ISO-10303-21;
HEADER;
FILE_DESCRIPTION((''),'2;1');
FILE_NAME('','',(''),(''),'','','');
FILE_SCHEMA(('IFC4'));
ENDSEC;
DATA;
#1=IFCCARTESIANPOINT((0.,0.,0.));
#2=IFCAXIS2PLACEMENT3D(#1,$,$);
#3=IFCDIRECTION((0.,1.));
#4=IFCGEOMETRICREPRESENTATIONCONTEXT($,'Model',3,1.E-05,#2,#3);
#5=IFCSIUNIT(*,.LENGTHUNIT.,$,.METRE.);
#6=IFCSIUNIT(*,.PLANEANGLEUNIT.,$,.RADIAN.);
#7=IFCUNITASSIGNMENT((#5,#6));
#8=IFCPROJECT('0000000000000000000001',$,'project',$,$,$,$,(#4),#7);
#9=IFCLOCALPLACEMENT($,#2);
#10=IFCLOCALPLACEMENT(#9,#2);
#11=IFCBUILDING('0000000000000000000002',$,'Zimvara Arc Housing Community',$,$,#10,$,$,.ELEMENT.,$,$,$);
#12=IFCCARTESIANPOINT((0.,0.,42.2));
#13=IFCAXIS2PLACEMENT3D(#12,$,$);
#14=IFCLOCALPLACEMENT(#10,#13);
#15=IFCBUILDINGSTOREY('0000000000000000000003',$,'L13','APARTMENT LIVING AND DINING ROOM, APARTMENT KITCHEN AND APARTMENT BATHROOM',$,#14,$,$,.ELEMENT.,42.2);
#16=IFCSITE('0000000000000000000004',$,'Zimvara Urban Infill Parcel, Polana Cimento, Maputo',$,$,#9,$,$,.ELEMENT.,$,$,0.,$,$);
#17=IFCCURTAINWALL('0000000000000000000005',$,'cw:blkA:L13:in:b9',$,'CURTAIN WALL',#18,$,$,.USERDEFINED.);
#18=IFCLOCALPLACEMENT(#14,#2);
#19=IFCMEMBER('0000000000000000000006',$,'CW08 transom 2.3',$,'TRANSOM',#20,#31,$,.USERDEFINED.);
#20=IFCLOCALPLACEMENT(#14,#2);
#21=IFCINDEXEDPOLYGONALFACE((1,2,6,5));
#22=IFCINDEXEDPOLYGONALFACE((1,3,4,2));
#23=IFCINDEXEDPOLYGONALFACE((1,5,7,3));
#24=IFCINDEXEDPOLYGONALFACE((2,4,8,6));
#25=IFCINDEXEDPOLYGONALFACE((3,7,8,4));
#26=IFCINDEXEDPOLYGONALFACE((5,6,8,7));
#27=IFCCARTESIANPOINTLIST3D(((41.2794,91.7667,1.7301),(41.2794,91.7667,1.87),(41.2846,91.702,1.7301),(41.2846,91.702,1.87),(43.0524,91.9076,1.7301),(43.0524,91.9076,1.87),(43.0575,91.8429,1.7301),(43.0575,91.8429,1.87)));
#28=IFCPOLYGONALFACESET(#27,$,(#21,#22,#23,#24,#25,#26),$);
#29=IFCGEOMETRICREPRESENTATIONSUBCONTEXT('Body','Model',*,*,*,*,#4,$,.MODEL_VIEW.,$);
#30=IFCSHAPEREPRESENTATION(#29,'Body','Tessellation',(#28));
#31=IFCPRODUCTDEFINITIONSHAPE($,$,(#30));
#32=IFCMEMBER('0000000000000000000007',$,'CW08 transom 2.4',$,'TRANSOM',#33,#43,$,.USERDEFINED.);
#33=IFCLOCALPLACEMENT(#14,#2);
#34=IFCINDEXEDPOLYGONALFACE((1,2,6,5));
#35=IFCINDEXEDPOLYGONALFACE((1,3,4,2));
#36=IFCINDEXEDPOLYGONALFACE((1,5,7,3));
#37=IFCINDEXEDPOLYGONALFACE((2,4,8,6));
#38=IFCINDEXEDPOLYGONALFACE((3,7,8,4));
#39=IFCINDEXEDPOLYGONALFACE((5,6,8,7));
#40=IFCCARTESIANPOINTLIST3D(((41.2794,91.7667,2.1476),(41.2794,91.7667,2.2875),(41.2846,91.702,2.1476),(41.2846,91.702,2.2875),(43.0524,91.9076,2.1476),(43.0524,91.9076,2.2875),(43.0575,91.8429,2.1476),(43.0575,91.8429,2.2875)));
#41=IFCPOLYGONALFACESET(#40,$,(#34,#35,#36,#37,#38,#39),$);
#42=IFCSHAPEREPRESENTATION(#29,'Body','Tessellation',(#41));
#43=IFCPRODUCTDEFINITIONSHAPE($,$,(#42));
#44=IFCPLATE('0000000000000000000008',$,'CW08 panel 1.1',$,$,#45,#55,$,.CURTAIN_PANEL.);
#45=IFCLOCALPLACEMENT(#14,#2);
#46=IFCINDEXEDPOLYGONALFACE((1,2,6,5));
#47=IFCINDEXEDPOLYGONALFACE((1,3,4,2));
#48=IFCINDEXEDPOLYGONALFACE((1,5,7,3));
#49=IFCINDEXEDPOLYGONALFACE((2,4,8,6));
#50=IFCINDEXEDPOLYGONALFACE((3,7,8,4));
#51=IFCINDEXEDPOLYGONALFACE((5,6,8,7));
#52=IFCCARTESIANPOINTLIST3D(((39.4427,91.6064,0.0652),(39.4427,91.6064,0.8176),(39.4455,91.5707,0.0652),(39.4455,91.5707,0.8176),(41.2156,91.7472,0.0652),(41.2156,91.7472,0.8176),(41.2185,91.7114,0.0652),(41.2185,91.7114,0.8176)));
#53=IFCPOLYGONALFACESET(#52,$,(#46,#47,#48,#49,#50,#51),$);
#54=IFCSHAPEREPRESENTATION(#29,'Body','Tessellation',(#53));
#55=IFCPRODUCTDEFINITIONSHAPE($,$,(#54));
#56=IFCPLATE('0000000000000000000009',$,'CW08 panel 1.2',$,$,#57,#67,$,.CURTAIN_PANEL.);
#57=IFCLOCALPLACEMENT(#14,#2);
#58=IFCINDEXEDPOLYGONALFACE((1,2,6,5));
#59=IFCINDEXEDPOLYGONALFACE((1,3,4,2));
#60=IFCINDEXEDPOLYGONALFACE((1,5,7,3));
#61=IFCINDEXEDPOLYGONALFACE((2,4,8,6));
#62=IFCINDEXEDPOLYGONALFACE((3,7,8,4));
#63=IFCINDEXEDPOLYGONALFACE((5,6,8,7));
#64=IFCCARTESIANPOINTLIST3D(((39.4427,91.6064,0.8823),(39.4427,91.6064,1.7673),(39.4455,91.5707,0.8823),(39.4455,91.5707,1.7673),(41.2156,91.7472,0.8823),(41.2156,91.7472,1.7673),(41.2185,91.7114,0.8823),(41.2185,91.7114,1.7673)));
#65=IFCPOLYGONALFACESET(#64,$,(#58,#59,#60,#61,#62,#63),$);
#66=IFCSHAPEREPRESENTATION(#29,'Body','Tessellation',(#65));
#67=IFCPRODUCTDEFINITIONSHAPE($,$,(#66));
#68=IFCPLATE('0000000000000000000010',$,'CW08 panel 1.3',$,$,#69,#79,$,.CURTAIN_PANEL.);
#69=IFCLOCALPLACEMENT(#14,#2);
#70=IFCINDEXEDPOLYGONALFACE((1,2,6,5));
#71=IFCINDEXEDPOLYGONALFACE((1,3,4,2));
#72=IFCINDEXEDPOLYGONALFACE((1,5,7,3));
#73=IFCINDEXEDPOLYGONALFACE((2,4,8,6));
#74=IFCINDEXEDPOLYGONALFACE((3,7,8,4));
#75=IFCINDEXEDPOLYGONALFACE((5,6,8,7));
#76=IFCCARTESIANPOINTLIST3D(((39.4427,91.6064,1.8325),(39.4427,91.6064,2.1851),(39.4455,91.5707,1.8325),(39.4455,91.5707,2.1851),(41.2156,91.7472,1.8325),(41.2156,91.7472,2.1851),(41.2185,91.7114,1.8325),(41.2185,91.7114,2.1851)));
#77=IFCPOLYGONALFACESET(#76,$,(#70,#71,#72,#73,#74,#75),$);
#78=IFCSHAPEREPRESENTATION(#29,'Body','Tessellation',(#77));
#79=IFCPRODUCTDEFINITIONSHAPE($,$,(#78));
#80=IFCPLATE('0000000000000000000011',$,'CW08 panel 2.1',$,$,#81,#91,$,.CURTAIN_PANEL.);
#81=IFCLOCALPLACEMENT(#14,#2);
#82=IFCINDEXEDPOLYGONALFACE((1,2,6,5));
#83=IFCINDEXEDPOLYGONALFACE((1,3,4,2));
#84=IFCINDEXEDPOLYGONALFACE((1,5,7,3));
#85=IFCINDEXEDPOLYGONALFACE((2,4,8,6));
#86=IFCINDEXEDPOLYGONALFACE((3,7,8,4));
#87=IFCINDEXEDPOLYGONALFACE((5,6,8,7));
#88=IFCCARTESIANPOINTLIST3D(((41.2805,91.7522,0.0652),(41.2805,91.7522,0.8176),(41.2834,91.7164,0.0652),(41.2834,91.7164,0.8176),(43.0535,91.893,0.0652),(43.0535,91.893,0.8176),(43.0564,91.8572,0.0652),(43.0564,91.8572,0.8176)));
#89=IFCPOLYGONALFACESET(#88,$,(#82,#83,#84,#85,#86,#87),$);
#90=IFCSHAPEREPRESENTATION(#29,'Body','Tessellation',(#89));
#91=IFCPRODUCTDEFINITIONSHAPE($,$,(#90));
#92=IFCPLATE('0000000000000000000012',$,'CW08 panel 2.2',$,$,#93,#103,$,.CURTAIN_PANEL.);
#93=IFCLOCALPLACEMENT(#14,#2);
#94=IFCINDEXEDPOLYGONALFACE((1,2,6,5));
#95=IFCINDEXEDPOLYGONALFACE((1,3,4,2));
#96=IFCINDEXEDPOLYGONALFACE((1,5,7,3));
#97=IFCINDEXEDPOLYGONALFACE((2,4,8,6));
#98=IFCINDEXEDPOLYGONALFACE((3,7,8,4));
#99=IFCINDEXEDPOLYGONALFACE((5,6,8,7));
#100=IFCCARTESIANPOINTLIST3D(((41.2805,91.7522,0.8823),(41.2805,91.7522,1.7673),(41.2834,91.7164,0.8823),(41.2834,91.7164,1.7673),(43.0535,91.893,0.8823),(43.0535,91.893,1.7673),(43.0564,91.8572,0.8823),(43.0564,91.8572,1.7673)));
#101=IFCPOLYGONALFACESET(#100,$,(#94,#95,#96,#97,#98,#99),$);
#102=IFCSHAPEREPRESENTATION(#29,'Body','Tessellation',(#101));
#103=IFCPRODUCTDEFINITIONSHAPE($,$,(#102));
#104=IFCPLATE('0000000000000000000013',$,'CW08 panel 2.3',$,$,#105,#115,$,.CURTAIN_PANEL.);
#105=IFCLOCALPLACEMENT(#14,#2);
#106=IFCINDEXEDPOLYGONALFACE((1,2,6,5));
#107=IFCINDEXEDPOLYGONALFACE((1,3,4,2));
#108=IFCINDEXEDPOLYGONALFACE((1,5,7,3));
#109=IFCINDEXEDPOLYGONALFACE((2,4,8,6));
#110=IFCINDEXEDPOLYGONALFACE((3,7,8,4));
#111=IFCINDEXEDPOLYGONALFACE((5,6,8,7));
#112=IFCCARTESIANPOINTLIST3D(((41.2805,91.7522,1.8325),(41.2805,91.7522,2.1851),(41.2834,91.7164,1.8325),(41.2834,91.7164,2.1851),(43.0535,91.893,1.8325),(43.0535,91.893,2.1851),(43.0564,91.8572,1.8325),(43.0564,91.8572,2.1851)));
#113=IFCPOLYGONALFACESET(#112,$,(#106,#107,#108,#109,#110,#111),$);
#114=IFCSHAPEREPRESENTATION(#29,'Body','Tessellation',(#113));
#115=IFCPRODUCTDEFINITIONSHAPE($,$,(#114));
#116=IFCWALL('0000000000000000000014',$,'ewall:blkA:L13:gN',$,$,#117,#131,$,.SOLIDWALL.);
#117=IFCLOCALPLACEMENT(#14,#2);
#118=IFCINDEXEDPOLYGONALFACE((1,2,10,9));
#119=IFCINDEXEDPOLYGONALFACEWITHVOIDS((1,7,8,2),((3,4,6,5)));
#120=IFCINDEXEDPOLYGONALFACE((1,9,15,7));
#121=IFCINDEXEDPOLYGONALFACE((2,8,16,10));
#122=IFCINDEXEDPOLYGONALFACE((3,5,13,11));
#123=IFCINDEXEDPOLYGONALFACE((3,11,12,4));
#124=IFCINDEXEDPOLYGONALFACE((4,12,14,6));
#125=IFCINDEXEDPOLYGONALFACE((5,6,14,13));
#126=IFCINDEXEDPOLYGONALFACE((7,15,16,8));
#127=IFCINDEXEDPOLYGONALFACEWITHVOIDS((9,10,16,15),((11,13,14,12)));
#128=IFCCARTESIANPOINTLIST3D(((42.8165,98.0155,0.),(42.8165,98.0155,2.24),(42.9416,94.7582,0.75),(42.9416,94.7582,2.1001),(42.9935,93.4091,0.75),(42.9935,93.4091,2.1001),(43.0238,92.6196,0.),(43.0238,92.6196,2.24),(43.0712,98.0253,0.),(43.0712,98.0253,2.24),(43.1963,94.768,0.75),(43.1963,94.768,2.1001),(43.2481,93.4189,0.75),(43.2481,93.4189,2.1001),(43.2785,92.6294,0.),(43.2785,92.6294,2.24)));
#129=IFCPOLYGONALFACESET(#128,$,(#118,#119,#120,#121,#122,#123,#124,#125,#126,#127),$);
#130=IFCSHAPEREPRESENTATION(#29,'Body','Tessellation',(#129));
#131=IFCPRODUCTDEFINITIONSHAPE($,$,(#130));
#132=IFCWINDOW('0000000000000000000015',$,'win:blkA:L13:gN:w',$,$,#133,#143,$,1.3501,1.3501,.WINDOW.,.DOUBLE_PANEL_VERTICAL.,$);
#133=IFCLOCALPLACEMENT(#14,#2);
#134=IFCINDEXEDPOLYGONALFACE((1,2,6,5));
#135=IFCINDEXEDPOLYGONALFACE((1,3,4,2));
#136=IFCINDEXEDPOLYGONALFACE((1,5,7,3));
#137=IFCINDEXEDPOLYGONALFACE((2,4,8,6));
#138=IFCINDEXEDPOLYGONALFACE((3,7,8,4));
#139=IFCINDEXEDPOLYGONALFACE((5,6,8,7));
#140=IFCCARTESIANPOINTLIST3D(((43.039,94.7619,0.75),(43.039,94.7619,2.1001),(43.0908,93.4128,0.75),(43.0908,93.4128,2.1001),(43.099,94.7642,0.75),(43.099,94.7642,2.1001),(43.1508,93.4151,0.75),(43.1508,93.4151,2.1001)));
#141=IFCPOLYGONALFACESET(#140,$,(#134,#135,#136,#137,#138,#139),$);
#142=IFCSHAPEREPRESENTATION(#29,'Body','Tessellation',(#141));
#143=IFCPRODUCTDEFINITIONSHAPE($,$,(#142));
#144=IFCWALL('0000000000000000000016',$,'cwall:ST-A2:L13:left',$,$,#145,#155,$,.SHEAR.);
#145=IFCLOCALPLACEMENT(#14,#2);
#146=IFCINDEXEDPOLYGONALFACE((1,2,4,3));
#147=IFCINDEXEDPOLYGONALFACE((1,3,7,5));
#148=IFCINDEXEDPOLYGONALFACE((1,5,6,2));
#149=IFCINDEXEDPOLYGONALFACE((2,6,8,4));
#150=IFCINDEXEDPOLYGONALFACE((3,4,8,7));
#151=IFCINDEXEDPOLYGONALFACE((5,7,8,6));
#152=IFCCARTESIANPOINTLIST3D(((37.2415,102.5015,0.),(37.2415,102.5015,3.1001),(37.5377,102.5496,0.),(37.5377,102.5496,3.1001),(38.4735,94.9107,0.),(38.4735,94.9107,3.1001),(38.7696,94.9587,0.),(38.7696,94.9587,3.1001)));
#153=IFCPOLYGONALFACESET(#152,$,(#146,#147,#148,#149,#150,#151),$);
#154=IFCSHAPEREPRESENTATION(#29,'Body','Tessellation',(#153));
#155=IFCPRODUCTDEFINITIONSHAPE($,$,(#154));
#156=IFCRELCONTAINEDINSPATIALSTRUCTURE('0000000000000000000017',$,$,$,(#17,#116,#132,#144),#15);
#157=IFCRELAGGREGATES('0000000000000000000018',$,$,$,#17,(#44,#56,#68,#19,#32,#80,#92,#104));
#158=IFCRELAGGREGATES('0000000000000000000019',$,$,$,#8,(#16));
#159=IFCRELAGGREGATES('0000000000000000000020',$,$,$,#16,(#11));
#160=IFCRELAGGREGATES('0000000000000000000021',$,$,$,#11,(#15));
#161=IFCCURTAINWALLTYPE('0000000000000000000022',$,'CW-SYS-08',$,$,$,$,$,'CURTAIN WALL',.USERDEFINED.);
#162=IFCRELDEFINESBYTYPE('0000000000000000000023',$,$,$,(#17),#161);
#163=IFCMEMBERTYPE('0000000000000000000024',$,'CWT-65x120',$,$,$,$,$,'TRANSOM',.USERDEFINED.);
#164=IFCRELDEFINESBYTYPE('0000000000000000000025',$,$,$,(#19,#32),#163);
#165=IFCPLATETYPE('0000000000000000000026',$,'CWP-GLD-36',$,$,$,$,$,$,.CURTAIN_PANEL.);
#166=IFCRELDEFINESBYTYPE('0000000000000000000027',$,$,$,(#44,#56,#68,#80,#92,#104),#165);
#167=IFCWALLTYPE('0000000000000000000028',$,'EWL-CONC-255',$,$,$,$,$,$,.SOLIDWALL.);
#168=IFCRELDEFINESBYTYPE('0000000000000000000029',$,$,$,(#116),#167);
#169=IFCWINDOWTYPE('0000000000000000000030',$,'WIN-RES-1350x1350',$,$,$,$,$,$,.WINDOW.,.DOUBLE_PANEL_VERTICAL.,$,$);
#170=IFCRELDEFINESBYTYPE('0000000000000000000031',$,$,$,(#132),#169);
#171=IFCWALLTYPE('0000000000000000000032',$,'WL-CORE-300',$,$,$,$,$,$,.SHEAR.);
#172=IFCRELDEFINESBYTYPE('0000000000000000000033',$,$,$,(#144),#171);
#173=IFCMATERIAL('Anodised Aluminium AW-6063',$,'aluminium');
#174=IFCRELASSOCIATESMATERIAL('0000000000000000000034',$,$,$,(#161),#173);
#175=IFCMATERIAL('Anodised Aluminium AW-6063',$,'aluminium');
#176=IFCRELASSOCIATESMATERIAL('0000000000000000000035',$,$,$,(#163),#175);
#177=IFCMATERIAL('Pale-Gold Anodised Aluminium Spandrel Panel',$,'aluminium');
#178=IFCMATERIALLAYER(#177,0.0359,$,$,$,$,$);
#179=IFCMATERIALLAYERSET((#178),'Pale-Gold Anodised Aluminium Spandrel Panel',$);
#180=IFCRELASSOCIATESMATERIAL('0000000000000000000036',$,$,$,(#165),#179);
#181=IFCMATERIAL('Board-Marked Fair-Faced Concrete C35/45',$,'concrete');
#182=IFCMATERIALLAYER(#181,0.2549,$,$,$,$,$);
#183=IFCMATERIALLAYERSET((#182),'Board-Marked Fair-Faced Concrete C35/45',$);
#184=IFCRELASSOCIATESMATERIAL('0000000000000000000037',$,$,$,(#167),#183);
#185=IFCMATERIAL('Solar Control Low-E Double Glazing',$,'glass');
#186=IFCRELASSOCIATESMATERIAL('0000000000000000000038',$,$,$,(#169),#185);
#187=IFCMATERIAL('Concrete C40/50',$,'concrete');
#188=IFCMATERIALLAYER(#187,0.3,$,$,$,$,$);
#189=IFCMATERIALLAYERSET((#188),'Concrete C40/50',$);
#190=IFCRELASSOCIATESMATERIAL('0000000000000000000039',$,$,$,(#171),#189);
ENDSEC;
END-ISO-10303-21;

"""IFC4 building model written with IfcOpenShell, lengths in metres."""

from ifc_helpers import new_model, si_unit, direction, frame, frame_2d, origin, origin_2d, place, context, subcontext, project, spatial, rectangle, extrude, material, layer, layer_set, material_profile, profile_set, type_object, element, fill, aggregate, save


model = new_model("IFC4")

# Units and contexts
model_context = context("Model", 3, precision=1e-05, world=origin(), true_north=direction((0.0, 1.0)))
body_context = subcontext(model_context, "Body", "Model", "MODEL_VIEW")
ifc_project = project(units=[si_unit("LENGTHUNIT", "METRE"), si_unit("PLANEANGLEUNIT", "RADIAN")], contexts=[model_context])

# Site, building, storey
site_placement = place(None, origin())
site = spatial("IfcSite", under=ifc_project, at=site_placement, Name="Zimvara Urban Infill Parcel, Polana Cimento, Maputo", CompositionType="ELEMENT", RefElevation=0.0)
building_placement = place(site_placement, origin())
building = spatial("IfcBuilding", under=site, at=building_placement, Name="Zimvara Arc Housing Community", CompositionType="ELEMENT")
storey_placement = place(building_placement, frame((0.0, 0.0, 42.2)))
storey = spatial("IfcBuildingStorey", under=building, at=storey_placement, Name="L13", Description="APARTMENT LIVING AND DINING ROOM, APARTMENT KITCHEN AND APARTMENT BATHROOM", CompositionType="ELEMENT", Elevation=42.2)

# Curtain wall, members, plates
ifc_material_1 = material(Name="Anodised Aluminium AW-6063", Category="aluminium")
curtain_wall_type = type_object("IfcCurtainWallType", Name="CW-SYS-08", ElementType="CURTAIN WALL", PredefinedType="USERDEFINED", material=ifc_material_1)
curtain_wall_placement = place(storey_placement, origin())
curtain_wall = element("IfcCurtainWall", 1, at=curtain_wall_placement, inside=storey, type_object=curtain_wall_type, Name="cw:blkA:L13:in:b9", ObjectType="CURTAIN WALL", PredefinedType="USERDEFINED")
ifc_material_2 = material(Name="Anodised Aluminium AW-6063", Category="aluminium")
ifc_material_profile_1 = material_profile(ifc_material_2, rectangle(XDim=0.0649, YDim=0.1399, at=origin_2d()), Name="ALU 65x140")
ifc_profile_set_1 = profile_set([ifc_material_profile_1], Name="Anodised Aluminium AW-6063")
member_type_1 = type_object("IfcMemberType", Name="CWT-65x120", ElementType="TRANSOM", PredefinedType="USERDEFINED", material=ifc_profile_set_1)
member_1_placement = place(storey_placement, frame((41.282, 91.7344, 1.8), z_axis=(0.996858, 0.079205, 0.0), x_axis=(-0.079205, 0.996858, 0.0)))
member_1 = element("IfcMember", 2, at=member_1_placement, type_object=member_type_1, Name="CW08 transom 2.3", ObjectType="TRANSOM", PredefinedType="USERDEFINED", context=body_context, shape_type="SweptSolid", body=[
    extrude(rectangle(XDim=0.0649, YDim=0.1399, at=origin_2d()), origin(), (0.0, 0.0, 1.0), 1.7786),
])
member_2_placement = place(storey_placement, frame((41.282, 91.7344, 2.2175), z_axis=(0.996858, 0.079205, 0.0), x_axis=(-0.079205, 0.996858, 0.0)))
member_2 = element("IfcMember", 3, at=member_2_placement, type_object=member_type_1, Name="CW08 transom 2.4", ObjectType="TRANSOM", PredefinedType="USERDEFINED", context=body_context, shape_type="SweptSolid", body=[
    extrude(rectangle(XDim=0.0649, YDim=0.1399, at=origin_2d()), origin(), (0.0, 0.0, 1.0), 1.7786),
])
ifc_material_3 = material(Name="Pale-Gold Anodised Aluminium Spandrel Panel", Category="aluminium")
ifc_layer_1 = layer(ifc_material_3, 0.0359)
ifc_layer_set_1 = layer_set([ifc_layer_1], Name="Pale-Gold Anodised Aluminium Spandrel Panel")
plate_type = type_object("IfcPlateType", Name="CWP-GLD-36", PredefinedType="CURTAIN_PANEL", material=ifc_layer_set_1)
plate_1_placement = place(storey_placement, frame((40.3306, 91.6589, 0.0652), z_axis=(0.0, 0.0, 1.0), x_axis=(0.996862, 0.079155, 0.0)))
plate_1 = element("IfcPlate", 4, at=plate_1_placement, type_object=plate_type, Name="CW08 panel 1.1", PredefinedType="CURTAIN_PANEL", context=body_context, shape_type="SweptSolid", body=[
    extrude(rectangle(XDim=1.7786, YDim=0.0359, at=origin_2d()), origin(), (0.0, 0.0, 1.0), 0.7524),
])
plate_2_placement = place(storey_placement, frame((40.3306, 91.6589, 0.8823), z_axis=(0.0, 0.0, 1.0), x_axis=(0.996862, 0.079155, 0.0)))
plate_2 = element("IfcPlate", 5, at=plate_2_placement, type_object=plate_type, Name="CW08 panel 1.2", PredefinedType="CURTAIN_PANEL", context=body_context, shape_type="SweptSolid", body=[
    extrude(rectangle(XDim=1.7786, YDim=0.0359, at=origin_2d()), origin(), (0.0, 0.0, 1.0), 0.885),
])
plate_3_placement = place(storey_placement, frame((40.3306, 91.6589, 1.8325), z_axis=(0.0, 0.0, 1.0), x_axis=(0.996862, 0.079155, 0.0)))
plate_3 = element("IfcPlate", 6, at=plate_3_placement, type_object=plate_type, Name="CW08 panel 1.3", PredefinedType="CURTAIN_PANEL", context=body_context, shape_type="SweptSolid", body=[
    extrude(rectangle(XDim=1.7786, YDim=0.0359, at=origin_2d()), origin(), (0.0, 0.0, 1.0), 0.3525),
])
plate_4_placement = place(storey_placement, frame((42.1685, 91.8047, 0.0652), z_axis=(0.0, 0.0, 1.0), x_axis=(0.996862, 0.079155, 0.0)))
plate_4 = element("IfcPlate", 7, at=plate_4_placement, type_object=plate_type, Name="CW08 panel 2.1", PredefinedType="CURTAIN_PANEL", context=body_context, shape_type="SweptSolid", body=[
    extrude(rectangle(XDim=1.7786, YDim=0.0359, at=origin_2d()), origin(), (0.0, 0.0, 1.0), 0.7524),
])
plate_5_placement = place(storey_placement, frame((42.1685, 91.8047, 0.8823), z_axis=(0.0, 0.0, 1.0), x_axis=(0.996862, 0.079155, 0.0)))
plate_5 = element("IfcPlate", 8, at=plate_5_placement, type_object=plate_type, Name="CW08 panel 2.2", PredefinedType="CURTAIN_PANEL", context=body_context, shape_type="SweptSolid", body=[
    extrude(rectangle(XDim=1.7786, YDim=0.0359, at=origin_2d()), origin(), (0.0, 0.0, 1.0), 0.885),
])
plate_6_placement = place(storey_placement, frame((42.1685, 91.8047, 1.8325), z_axis=(0.0, 0.0, 1.0), x_axis=(0.996862, 0.079155, 0.0)))
plate_6 = element("IfcPlate", 9, at=plate_6_placement, type_object=plate_type, Name="CW08 panel 2.3", PredefinedType="CURTAIN_PANEL", context=body_context, shape_type="SweptSolid", body=[
    extrude(rectangle(XDim=1.7786, YDim=0.0359, at=origin_2d()), origin(), (0.0, 0.0, 1.0), 0.3525),
])
aggregate(curtain_wall, [plate_1, plate_2, plate_3, member_1, member_2, plate_4, plate_5, plate_6])

# Wall, opening, window
ifc_material_4 = material(Name="Board-Marked Fair-Faced Concrete C35/45", Category="concrete")
ifc_layer_2 = layer(ifc_material_4, 0.2549)
ifc_layer_set_2 = layer_set([ifc_layer_2], Name="Board-Marked Fair-Faced Concrete C35/45")
wall_type_1 = type_object("IfcWallType", Name="EWL-CONC-255", PredefinedType="SOLIDWALL", material=ifc_layer_set_2)
wall_1_placement = place(storey_placement, frame((43.1511, 92.6245, 0.0), z_axis=(0.0, 0.0, 1.0), x_axis=(-0.038385, 0.999263, 0.0)))
wall_1 = element("IfcWall", 10, at=wall_1_placement, inside=storey, type_object=wall_type_1, Name="ewall:blkA:L13:gN", PredefinedType="SOLIDWALL", context=body_context, shape_type="SweptSolid", body=[
    extrude(rectangle(XDim=5.3999, YDim=0.2549, at=frame_2d((2.7, 0.0))), origin(), (0.0, 0.0, 1.0), 2.24),
])
opening_1_placement = place(wall_1_placement, frame((0.79, 0.0, 0.75)))
opening_1 = element("IfcOpeningElement", 11, at=opening_1_placement, cuts=wall_1, PredefinedType="OPENING", context=body_context, shape_type="SweptSolid", body=[
    extrude(rectangle(XDim=1.3501, YDim=1.3501, at=frame_2d((0.675, 0.675))), frame((0.0, 0.1375, 0.0), z_axis=(0.0, -1.0, 0.0), x_axis=(1.0, 0.0, 0.0)), (0.0, 0.0, 1.0), 0.2749),
])
ifc_material_5 = material(Name="Solar Control Low-E Double Glazing", Category="glass")
window_type = type_object("IfcWindowType", Name="WIN-RES-1350x1350", PartitioningType="DOUBLE_PANEL_VERTICAL", PredefinedType="WINDOW", material=ifc_material_5)
window_placement = place(opening_1_placement, origin())
window = element("IfcWindow", 12, at=window_placement, inside=storey, type_object=window_type, Name="win:blkA:L13:gN:w", OverallHeight=1.3501, OverallWidth=1.3501, PartitioningType="DOUBLE_PANEL_VERTICAL", PredefinedType="WINDOW", context=body_context, shape_type="SweptSolid", body=[
    extrude(rectangle(XDim=1.3501, YDim=1.3501, at=frame_2d((0.675, 0.675))), frame((0.0, 0.03, 0.0), z_axis=(0.0, -1.0, 0.0), x_axis=(1.0, 0.0, 0.0)), (0.0, 0.0, 1.0), 0.0601),
])
fill(opening_1, window)

# Shared definitions
ifc_material_6 = material(Name="Concrete C40/50", Category="concrete")
ifc_layer_3 = layer(ifc_material_6, 0.3)
ifc_layer_set_3 = layer_set([ifc_layer_3], Name="Concrete C40/50")
wall_type_2 = type_object("IfcWallType", Name="WL-CORE-300", PredefinedType="SHEAR", material=ifc_layer_set_3)

# Wall
wall_2_placement = place(storey_placement, frame((38.6216, 94.9346, 0.0), z_axis=(0.0, 0.0, 1.0), x_axis=(-0.160197, 0.987085, 0.0)))
element("IfcWall", 13, at=wall_2_placement, inside=storey, type_object=wall_type_2, Name="cwall:ST-A2:L13:left", PredefinedType="SHEAR", context=body_context, shape_type="SweptSolid", body=[
    extrude(rectangle(XDim=7.6902, YDim=0.3, at=frame_2d((3.8452, 0.0))), origin(), (0.0, 0.0, 1.0), 3.1001),
])

save(model, "model.ifc")
